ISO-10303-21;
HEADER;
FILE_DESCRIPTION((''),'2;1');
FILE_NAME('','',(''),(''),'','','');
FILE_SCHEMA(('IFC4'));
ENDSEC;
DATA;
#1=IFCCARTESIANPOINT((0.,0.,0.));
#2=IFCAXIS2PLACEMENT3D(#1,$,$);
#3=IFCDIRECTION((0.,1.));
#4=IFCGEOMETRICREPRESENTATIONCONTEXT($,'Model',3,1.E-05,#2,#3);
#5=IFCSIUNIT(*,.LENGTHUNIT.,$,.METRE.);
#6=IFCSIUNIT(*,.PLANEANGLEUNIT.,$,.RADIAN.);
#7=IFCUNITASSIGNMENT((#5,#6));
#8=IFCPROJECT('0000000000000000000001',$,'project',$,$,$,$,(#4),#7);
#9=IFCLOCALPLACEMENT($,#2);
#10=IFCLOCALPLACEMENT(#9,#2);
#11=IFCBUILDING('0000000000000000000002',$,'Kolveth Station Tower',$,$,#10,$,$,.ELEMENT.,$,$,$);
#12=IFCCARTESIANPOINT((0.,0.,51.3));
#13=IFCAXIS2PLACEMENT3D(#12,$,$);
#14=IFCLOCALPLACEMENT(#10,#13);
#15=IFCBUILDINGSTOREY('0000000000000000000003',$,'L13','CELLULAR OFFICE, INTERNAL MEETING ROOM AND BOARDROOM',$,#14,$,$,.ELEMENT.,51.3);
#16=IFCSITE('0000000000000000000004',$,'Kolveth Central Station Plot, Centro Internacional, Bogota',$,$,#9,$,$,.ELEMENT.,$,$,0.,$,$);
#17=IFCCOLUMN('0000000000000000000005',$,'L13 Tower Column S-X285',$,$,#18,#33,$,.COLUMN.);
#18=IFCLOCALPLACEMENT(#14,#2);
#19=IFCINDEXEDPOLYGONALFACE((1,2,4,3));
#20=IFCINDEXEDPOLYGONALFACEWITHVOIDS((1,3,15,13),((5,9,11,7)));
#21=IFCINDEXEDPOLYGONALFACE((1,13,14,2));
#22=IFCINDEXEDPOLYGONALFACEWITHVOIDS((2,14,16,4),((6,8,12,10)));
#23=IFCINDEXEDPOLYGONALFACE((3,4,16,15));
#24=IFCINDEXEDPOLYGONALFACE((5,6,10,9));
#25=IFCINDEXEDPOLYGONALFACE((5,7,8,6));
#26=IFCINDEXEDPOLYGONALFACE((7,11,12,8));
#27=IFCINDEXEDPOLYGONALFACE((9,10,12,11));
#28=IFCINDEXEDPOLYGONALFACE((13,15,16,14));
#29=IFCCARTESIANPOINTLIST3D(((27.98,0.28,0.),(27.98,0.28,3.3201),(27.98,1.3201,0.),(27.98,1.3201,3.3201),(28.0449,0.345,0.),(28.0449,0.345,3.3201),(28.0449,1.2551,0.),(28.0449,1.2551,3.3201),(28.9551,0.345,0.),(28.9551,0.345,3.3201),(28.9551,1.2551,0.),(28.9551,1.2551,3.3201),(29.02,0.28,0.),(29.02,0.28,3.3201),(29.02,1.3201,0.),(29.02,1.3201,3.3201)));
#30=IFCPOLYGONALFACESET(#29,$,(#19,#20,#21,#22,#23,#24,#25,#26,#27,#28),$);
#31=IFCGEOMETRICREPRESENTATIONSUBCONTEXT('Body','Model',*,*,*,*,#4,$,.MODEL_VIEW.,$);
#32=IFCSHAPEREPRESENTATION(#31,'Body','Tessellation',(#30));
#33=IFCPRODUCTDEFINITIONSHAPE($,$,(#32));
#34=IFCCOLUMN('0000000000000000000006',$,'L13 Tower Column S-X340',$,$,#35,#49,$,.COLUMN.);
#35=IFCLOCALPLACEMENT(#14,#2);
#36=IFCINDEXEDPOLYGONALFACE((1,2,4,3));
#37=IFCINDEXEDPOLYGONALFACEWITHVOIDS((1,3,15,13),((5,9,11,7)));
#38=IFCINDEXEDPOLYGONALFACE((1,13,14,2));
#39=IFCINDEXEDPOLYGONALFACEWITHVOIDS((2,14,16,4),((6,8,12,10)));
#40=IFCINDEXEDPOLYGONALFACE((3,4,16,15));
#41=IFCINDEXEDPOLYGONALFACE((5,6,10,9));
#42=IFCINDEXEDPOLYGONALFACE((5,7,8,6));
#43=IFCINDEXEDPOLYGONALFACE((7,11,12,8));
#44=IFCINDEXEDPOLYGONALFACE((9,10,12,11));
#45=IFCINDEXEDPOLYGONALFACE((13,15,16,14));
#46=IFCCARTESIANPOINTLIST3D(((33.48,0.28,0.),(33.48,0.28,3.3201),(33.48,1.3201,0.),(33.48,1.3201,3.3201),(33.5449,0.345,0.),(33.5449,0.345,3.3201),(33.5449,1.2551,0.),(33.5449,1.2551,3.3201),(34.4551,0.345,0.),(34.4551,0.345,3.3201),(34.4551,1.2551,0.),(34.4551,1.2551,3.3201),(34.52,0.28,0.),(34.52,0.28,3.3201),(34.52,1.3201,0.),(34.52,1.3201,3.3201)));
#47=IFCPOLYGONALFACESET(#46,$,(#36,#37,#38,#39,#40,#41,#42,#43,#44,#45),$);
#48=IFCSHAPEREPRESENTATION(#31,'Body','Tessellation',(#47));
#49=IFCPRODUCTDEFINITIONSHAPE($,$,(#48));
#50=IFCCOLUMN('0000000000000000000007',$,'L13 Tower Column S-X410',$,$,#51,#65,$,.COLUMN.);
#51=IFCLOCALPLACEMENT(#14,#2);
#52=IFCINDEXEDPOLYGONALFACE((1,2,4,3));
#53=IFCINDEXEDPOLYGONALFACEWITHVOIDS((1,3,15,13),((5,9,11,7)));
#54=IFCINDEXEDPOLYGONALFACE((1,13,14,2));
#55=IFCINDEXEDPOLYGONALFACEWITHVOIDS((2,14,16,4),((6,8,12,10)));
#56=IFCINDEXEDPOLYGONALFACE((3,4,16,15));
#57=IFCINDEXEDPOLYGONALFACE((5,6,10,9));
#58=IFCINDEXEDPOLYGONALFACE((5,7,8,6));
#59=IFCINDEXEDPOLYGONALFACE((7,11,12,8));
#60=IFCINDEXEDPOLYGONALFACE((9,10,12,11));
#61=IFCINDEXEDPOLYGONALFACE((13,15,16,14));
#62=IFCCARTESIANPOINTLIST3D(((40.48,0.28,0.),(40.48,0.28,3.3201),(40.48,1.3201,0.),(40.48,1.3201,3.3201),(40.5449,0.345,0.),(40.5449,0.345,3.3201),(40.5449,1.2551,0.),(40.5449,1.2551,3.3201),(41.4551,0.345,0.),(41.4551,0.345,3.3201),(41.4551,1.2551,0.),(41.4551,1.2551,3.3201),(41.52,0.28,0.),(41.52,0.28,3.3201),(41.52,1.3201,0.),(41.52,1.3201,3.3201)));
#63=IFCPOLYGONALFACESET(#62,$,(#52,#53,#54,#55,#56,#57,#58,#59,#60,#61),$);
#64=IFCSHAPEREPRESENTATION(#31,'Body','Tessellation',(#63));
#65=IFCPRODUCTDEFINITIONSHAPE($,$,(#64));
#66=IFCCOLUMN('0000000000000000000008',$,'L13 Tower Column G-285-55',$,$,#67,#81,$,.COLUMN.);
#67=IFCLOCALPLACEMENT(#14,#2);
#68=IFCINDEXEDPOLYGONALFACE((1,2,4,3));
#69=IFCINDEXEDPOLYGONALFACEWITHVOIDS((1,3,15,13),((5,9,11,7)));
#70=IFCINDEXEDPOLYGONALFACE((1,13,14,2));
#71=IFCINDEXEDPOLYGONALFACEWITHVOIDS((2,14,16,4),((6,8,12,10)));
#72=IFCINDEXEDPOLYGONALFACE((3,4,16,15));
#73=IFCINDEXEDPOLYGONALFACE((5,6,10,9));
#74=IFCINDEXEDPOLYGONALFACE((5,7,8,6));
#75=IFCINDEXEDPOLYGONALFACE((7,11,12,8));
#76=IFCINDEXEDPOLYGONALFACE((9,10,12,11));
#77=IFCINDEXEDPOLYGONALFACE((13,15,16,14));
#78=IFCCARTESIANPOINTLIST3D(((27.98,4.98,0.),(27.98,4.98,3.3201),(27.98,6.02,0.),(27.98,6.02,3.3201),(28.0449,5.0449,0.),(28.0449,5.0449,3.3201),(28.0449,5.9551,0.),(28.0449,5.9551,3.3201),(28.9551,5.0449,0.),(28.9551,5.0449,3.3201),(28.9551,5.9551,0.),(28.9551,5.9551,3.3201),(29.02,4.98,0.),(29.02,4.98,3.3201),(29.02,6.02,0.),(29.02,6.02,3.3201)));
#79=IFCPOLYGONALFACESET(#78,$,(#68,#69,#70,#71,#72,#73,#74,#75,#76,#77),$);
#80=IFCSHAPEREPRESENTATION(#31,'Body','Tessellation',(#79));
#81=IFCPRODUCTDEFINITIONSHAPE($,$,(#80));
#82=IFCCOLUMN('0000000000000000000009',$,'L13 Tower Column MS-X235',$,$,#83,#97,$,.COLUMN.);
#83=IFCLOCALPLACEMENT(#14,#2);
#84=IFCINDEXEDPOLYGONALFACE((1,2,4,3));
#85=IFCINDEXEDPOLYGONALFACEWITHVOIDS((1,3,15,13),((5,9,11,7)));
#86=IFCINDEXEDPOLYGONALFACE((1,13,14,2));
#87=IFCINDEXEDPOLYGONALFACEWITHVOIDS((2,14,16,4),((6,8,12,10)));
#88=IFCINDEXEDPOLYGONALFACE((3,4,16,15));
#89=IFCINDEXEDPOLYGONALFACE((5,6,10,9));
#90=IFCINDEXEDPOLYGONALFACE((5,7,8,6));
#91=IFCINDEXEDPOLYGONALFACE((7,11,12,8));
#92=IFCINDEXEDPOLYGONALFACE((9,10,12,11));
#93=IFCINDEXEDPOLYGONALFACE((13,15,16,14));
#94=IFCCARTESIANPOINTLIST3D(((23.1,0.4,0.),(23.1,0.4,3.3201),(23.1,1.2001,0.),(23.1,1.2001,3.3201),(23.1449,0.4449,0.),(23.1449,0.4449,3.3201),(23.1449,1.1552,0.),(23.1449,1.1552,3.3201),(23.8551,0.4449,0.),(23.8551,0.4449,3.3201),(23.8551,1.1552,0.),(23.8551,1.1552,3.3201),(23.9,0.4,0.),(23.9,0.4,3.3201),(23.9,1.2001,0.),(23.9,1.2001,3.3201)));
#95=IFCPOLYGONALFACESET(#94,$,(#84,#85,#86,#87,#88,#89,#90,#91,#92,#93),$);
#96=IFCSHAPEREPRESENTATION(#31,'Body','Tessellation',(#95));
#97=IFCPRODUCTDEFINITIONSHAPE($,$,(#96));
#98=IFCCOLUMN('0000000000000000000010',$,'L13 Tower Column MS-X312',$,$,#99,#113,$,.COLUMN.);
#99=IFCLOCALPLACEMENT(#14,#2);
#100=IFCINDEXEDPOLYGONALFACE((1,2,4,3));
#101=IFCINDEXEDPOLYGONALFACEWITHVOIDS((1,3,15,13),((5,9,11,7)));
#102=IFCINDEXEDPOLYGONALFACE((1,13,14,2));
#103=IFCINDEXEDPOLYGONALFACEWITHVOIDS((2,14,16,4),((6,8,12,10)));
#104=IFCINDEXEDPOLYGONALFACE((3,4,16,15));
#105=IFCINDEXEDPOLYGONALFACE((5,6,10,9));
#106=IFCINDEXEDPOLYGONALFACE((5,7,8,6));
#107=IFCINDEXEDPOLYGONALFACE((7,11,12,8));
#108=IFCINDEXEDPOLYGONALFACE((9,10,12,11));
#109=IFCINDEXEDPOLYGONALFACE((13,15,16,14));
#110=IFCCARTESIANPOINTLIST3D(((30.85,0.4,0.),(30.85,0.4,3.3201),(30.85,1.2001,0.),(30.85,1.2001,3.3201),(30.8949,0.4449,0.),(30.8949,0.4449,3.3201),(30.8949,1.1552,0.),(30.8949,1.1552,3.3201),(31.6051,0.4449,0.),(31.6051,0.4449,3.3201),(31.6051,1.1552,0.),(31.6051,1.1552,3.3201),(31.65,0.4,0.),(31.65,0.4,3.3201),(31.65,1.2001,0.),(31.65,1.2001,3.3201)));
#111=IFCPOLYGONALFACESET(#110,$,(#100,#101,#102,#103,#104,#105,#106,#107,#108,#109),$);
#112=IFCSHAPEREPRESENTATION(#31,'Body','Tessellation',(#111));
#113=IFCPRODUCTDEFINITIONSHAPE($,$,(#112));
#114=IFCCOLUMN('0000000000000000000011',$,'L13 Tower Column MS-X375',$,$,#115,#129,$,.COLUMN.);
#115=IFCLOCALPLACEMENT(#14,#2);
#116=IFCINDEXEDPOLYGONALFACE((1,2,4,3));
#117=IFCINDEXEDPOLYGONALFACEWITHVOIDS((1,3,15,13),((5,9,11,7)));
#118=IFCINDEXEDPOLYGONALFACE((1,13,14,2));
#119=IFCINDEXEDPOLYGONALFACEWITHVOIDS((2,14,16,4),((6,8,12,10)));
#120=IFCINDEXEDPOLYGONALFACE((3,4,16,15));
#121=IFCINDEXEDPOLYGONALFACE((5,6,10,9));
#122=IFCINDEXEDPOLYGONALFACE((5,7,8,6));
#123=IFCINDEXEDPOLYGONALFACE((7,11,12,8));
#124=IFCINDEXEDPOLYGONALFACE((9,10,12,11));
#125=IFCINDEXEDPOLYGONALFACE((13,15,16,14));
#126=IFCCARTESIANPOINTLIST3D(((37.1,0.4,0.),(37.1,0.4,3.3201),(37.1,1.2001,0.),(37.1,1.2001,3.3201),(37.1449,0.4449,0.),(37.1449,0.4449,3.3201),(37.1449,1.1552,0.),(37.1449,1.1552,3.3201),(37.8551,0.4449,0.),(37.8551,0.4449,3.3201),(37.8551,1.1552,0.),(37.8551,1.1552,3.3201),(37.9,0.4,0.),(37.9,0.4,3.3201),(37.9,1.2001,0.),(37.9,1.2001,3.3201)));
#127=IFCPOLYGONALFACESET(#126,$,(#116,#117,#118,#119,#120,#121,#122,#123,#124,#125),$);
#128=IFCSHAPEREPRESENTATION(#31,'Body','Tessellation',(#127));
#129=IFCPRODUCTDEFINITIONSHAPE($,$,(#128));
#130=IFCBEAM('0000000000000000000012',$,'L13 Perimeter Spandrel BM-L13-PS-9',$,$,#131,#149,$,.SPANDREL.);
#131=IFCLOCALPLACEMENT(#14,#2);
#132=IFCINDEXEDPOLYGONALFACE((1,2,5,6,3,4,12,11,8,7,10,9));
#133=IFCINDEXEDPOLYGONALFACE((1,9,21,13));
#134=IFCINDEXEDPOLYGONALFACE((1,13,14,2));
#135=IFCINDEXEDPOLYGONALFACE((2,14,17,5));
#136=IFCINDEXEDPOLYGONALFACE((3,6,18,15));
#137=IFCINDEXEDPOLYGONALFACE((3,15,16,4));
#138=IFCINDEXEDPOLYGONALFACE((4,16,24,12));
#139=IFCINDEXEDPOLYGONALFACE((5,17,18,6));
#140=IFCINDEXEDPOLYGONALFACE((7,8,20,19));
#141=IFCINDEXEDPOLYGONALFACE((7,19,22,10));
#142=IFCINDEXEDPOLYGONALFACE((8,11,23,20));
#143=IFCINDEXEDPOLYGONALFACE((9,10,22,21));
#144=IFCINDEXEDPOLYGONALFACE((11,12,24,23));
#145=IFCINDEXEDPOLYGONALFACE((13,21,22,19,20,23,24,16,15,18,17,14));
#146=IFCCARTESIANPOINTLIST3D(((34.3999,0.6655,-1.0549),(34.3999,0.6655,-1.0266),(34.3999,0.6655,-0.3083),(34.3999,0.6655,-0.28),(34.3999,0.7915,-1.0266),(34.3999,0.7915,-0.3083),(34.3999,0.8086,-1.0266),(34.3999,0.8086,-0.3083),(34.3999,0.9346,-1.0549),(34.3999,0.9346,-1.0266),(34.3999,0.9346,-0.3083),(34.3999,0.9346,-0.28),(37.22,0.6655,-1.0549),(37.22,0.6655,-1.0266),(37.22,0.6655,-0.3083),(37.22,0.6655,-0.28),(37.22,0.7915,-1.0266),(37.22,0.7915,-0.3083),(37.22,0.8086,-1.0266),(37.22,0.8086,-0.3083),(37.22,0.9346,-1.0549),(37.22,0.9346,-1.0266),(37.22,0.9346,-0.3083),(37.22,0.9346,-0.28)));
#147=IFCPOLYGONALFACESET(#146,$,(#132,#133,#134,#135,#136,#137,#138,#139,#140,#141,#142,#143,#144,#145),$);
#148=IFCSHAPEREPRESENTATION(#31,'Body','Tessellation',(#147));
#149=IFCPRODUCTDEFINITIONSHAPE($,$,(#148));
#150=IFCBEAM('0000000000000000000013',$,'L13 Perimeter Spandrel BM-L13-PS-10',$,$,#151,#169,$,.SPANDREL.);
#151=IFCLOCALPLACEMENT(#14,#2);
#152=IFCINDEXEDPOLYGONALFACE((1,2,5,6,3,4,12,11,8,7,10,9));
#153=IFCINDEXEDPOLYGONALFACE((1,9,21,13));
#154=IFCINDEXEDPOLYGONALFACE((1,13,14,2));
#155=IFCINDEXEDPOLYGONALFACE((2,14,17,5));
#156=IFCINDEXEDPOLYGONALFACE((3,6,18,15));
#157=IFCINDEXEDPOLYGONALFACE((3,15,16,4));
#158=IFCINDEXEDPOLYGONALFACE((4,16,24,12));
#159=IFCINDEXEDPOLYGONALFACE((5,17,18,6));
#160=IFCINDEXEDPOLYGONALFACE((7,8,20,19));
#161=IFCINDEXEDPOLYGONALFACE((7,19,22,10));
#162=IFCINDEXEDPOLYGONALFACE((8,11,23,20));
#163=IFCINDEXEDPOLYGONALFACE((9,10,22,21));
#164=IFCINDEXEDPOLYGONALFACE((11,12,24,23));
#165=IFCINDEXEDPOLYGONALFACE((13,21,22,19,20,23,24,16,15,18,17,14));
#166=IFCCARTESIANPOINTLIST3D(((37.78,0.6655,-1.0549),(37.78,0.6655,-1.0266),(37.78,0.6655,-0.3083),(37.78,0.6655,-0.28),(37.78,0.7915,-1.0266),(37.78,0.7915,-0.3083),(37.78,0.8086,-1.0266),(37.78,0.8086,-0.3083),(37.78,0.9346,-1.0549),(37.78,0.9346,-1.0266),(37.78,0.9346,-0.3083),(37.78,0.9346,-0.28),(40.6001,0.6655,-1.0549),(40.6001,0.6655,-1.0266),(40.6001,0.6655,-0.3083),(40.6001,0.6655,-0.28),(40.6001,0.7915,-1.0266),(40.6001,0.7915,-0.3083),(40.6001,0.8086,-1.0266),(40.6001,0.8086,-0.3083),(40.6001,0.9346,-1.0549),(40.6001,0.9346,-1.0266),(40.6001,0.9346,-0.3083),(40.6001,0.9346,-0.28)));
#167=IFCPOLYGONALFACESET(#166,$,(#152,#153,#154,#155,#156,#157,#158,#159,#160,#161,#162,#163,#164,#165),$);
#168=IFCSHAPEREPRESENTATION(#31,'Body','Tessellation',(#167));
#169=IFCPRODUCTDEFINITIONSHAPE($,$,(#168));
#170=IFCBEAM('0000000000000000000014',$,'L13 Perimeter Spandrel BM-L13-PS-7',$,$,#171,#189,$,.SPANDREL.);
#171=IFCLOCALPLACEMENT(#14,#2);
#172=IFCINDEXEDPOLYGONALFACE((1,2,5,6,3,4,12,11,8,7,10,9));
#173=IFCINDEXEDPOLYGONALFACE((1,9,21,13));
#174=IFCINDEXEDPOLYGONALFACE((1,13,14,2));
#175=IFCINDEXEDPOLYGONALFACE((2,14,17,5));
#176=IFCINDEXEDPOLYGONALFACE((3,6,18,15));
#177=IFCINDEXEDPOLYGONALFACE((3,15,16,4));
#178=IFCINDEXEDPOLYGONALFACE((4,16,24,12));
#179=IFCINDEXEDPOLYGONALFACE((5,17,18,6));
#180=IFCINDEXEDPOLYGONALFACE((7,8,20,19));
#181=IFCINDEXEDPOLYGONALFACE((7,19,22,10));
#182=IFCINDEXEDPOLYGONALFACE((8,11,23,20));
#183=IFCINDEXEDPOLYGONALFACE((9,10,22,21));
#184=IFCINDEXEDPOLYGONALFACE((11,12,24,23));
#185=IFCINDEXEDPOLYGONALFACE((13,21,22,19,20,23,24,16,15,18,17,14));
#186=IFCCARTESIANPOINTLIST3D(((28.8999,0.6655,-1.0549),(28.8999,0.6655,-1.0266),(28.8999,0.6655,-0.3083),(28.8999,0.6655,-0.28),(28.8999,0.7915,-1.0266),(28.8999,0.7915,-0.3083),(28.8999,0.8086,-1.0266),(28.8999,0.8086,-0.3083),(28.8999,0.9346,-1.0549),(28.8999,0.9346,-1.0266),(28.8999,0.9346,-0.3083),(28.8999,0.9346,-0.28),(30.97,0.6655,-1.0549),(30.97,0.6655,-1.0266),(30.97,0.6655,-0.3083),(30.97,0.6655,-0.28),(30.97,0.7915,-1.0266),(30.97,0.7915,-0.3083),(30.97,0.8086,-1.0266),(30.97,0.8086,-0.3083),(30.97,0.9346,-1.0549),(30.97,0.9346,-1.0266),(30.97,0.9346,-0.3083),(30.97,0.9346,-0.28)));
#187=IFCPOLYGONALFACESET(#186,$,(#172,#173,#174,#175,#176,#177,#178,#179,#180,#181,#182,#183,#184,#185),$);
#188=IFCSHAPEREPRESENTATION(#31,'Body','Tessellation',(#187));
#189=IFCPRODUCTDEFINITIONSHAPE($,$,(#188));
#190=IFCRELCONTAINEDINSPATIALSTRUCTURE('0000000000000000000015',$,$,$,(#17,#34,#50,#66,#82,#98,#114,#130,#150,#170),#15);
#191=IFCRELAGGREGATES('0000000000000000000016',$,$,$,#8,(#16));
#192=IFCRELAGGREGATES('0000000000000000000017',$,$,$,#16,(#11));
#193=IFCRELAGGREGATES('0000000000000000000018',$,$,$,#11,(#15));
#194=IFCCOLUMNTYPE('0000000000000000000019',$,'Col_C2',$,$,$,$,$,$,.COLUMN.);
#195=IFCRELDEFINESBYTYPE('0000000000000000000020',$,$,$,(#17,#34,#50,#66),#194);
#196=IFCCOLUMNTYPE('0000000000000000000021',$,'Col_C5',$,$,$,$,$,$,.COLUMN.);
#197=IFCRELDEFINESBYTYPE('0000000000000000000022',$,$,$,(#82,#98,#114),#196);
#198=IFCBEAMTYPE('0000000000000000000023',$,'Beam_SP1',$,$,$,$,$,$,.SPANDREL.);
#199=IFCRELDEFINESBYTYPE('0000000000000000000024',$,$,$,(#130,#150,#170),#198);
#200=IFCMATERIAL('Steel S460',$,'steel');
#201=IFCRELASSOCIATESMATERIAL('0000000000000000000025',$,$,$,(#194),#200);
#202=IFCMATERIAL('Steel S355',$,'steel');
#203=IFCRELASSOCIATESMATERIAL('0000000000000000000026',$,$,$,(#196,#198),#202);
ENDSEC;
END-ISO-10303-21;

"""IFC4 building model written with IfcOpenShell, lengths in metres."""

from ifc_helpers import new_model, si_unit, direction, frame, origin, origin_2d, place, context, subcontext, project, spatial, hollow_rectangle, i_section, extrude, source, transform, mapped, material, material_profile, profile_set, type_object, element, save


model = new_model("IFC4")

# Units and contexts
model_context = context("Model", 3, precision=1e-05, world=origin(), true_north=direction((0.0, 1.0)))
body_context = subcontext(model_context, "Body", "Model", "MODEL_VIEW")
ifc_project = project(units=[si_unit("LENGTHUNIT", "METRE"), si_unit("PLANEANGLEUNIT", "RADIAN")], contexts=[model_context])

# Site, building, storey
site_placement = place(None, origin())
site = spatial("IfcSite", under=ifc_project, at=site_placement, Name="Kolveth Central Station Plot, Centro Internacional, Bogota", CompositionType="ELEMENT", RefElevation=0.0)
building_placement = place(site_placement, origin())
building = spatial("IfcBuilding", under=site, at=building_placement, Name="Kolveth Station Tower", CompositionType="ELEMENT")
storey_placement = place(building_placement, frame((0.0, 0.0, 51.3)))
storey = spatial("IfcBuildingStorey", under=building, at=storey_placement, Name="L13", Description="CELLULAR OFFICE, INTERNAL MEETING ROOM AND BOARDROOM", CompositionType="ELEMENT", Elevation=51.3)

# Columns
ifc_material_1 = material(Name="Steel S460", Category="steel")
ifc_material_profile_1 = material_profile(ifc_material_1, hollow_rectangle(XDim=1.04, YDim=1.04, WallThickness=0.0649, at=origin_2d()), Name="BOX1040x1040x65")
ifc_profile_set_1 = profile_set([ifc_material_profile_1], Name="Steel S460")
column_type_1 = type_object("IfcColumnType", Name="Col_C2", PredefinedType="COLUMN", material=ifc_profile_set_1)
shared_shape_1 = source(origin(), body_context, "Body", "SweptSolid", [
    extrude(hollow_rectangle(XDim=1.04, YDim=1.04, WallThickness=0.0649, at=origin_2d()), origin(), (0.0, 0.0, 1.0), 3.3201),
])
for number, where, z_axis, x_axis, name in (
    (1, (28.5, 0.8, 0.0), (0.0, 0.0, 1.0), (1.0, 0.0, 0.0), "L13 Tower Column S-X285"),
    (2, (34.0, 0.8, 0.0), (0.0, 0.0, 1.0), (1.0, 0.0, 0.0), "L13 Tower Column S-X340"),
    (3, (41.0, 0.8, 0.0), (0.0, 0.0, 1.0), (1.0, 0.0, 0.0), "L13 Tower Column S-X410"),
    (4, (28.5, 5.5, 0.0), (0.0, 0.0, 1.0), (1.0, 0.0, 0.0), "L13 Tower Column G-285-55"),
):
    element("IfcColumn", number, at=place(storey_placement, frame(where, z_axis=z_axis, x_axis=x_axis)), inside=storey, type_object=column_type_1, Name=name, PredefinedType="COLUMN", context=body_context, shape_type="MappedRepresentation", body=[
        mapped(shared_shape_1, transform((0.0, 0.0, 0.0), x_axis=(1.0, 0.0, 0.0), y_axis=(0.0, 1.0, 0.0), z_axis=(0.0, 0.0, 1.0), scale=1.0)),
    ])
ifc_material_2 = material(Name="Steel S355", Category="steel")
ifc_material_profile_2 = material_profile(ifc_material_2, hollow_rectangle(XDim=0.8, YDim=0.8, WallThickness=0.0449, at=origin_2d()), Name="BOX800x800x45")
ifc_profile_set_2 = profile_set([ifc_material_profile_2], Name="Steel S355")
column_type_2 = type_object("IfcColumnType", Name="Col_C5", PredefinedType="COLUMN", material=ifc_profile_set_2)
shared_shape_2 = source(origin(), body_context, "Body", "SweptSolid", [
    extrude(hollow_rectangle(XDim=0.8, YDim=0.8, WallThickness=0.0449, at=origin_2d()), origin(), (0.0, 0.0, 1.0), 3.3201),
])
for number, where, z_axis, x_axis, name in (
    (5, (23.5, 0.8, 0.0), (0.0, 0.0, 1.0), (1.0, 0.0, 0.0), "L13 Tower Column MS-X235"),
    (6, (31.25, 0.8, 0.0), (0.0, 0.0, 1.0), (1.0, 0.0, 0.0), "L13 Tower Column MS-X312"),
    (7, (37.5, 0.8, 0.0), (0.0, 0.0, 1.0), (1.0, 0.0, 0.0), "L13 Tower Column MS-X375"),
):
    element("IfcColumn", number, at=place(storey_placement, frame(where, z_axis=z_axis, x_axis=x_axis)), inside=storey, type_object=column_type_2, Name=name, PredefinedType="COLUMN", context=body_context, shape_type="MappedRepresentation", body=[
        mapped(shared_shape_2, transform((0.0, 0.0, 0.0), x_axis=(1.0, 0.0, 0.0), y_axis=(0.0, 1.0, 0.0), z_axis=(0.0, 0.0, 1.0), scale=1.0)),
    ])

# Beams
ifc_material_profile_3 = material_profile(ifc_material_2, i_section(OverallWidth=0.269, OverallDepth=0.7749, WebThickness=0.0171, FlangeThickness=0.0283, at=origin_2d()), Name="W760x220")
ifc_profile_set_3 = profile_set([ifc_material_profile_3], Name="Steel S355")
beam_type_1 = type_object("IfcBeamType", Name="Beam_SP1", PredefinedType="SPANDREL", material=ifc_profile_set_3)
shared_shape_3 = source(origin(), body_context, "Body", "SweptSolid", [
    extrude(i_section(OverallWidth=0.269, OverallDepth=0.7749, WebThickness=0.0171, FlangeThickness=0.0283, at=origin_2d()), origin(), (0.0, 0.0, 1.0), 2.8201),
])
for number, where, z_axis, x_axis, name in (
    (8, (34.3999, 0.8, -0.6675), (1.0, 0.0, 0.0), (0.0, 1.0, 0.0), "L13 Perimeter Spandrel BM-L13-PS-9"),
    (9, (37.78, 0.8, -0.6675), (1.0, 0.0, 0.0), (0.0, 1.0, 0.0), "L13 Perimeter Spandrel BM-L13-PS-10"),
):
    element("IfcBeam", number, at=place(storey_placement, frame(where, z_axis=z_axis, x_axis=x_axis)), inside=storey, type_object=beam_type_1, Name=name, PredefinedType="SPANDREL", context=body_context, shape_type="MappedRepresentation", body=[
        mapped(shared_shape_3, transform((0.0, 0.0, 0.0), x_axis=(1.0, 0.0, 0.0), y_axis=(0.0, 1.0, 0.0), z_axis=(0.0, 0.0, 1.0), scale=1.0)),
    ])
shared_shape_4 = source(origin(), body_context, "Body", "SweptSolid", [
    extrude(i_section(OverallWidth=0.269, OverallDepth=0.7749, WebThickness=0.0171, FlangeThickness=0.0283, at=origin_2d()), origin(), (0.0, 0.0, 1.0), 2.0701),
])
for number, where, z_axis, x_axis, name in (
    (10, (28.8999, 0.8, -0.6675), (1.0, 0.0, 0.0), (0.0, 1.0, 0.0), "L13 Perimeter Spandrel BM-L13-PS-7"),
):
    element("IfcBeam", number, at=place(storey_placement, frame(where, z_axis=z_axis, x_axis=x_axis)), inside=storey, type_object=beam_type_1, Name=name, PredefinedType="SPANDREL", context=body_context, shape_type="MappedRepresentation", body=[
        mapped(shared_shape_4, transform((0.0, 0.0, 0.0), x_axis=(1.0, 0.0, 0.0), y_axis=(0.0, 1.0, 0.0), z_axis=(0.0, 0.0, 1.0), scale=1.0)),
    ])

save(model, "model.ifc")
